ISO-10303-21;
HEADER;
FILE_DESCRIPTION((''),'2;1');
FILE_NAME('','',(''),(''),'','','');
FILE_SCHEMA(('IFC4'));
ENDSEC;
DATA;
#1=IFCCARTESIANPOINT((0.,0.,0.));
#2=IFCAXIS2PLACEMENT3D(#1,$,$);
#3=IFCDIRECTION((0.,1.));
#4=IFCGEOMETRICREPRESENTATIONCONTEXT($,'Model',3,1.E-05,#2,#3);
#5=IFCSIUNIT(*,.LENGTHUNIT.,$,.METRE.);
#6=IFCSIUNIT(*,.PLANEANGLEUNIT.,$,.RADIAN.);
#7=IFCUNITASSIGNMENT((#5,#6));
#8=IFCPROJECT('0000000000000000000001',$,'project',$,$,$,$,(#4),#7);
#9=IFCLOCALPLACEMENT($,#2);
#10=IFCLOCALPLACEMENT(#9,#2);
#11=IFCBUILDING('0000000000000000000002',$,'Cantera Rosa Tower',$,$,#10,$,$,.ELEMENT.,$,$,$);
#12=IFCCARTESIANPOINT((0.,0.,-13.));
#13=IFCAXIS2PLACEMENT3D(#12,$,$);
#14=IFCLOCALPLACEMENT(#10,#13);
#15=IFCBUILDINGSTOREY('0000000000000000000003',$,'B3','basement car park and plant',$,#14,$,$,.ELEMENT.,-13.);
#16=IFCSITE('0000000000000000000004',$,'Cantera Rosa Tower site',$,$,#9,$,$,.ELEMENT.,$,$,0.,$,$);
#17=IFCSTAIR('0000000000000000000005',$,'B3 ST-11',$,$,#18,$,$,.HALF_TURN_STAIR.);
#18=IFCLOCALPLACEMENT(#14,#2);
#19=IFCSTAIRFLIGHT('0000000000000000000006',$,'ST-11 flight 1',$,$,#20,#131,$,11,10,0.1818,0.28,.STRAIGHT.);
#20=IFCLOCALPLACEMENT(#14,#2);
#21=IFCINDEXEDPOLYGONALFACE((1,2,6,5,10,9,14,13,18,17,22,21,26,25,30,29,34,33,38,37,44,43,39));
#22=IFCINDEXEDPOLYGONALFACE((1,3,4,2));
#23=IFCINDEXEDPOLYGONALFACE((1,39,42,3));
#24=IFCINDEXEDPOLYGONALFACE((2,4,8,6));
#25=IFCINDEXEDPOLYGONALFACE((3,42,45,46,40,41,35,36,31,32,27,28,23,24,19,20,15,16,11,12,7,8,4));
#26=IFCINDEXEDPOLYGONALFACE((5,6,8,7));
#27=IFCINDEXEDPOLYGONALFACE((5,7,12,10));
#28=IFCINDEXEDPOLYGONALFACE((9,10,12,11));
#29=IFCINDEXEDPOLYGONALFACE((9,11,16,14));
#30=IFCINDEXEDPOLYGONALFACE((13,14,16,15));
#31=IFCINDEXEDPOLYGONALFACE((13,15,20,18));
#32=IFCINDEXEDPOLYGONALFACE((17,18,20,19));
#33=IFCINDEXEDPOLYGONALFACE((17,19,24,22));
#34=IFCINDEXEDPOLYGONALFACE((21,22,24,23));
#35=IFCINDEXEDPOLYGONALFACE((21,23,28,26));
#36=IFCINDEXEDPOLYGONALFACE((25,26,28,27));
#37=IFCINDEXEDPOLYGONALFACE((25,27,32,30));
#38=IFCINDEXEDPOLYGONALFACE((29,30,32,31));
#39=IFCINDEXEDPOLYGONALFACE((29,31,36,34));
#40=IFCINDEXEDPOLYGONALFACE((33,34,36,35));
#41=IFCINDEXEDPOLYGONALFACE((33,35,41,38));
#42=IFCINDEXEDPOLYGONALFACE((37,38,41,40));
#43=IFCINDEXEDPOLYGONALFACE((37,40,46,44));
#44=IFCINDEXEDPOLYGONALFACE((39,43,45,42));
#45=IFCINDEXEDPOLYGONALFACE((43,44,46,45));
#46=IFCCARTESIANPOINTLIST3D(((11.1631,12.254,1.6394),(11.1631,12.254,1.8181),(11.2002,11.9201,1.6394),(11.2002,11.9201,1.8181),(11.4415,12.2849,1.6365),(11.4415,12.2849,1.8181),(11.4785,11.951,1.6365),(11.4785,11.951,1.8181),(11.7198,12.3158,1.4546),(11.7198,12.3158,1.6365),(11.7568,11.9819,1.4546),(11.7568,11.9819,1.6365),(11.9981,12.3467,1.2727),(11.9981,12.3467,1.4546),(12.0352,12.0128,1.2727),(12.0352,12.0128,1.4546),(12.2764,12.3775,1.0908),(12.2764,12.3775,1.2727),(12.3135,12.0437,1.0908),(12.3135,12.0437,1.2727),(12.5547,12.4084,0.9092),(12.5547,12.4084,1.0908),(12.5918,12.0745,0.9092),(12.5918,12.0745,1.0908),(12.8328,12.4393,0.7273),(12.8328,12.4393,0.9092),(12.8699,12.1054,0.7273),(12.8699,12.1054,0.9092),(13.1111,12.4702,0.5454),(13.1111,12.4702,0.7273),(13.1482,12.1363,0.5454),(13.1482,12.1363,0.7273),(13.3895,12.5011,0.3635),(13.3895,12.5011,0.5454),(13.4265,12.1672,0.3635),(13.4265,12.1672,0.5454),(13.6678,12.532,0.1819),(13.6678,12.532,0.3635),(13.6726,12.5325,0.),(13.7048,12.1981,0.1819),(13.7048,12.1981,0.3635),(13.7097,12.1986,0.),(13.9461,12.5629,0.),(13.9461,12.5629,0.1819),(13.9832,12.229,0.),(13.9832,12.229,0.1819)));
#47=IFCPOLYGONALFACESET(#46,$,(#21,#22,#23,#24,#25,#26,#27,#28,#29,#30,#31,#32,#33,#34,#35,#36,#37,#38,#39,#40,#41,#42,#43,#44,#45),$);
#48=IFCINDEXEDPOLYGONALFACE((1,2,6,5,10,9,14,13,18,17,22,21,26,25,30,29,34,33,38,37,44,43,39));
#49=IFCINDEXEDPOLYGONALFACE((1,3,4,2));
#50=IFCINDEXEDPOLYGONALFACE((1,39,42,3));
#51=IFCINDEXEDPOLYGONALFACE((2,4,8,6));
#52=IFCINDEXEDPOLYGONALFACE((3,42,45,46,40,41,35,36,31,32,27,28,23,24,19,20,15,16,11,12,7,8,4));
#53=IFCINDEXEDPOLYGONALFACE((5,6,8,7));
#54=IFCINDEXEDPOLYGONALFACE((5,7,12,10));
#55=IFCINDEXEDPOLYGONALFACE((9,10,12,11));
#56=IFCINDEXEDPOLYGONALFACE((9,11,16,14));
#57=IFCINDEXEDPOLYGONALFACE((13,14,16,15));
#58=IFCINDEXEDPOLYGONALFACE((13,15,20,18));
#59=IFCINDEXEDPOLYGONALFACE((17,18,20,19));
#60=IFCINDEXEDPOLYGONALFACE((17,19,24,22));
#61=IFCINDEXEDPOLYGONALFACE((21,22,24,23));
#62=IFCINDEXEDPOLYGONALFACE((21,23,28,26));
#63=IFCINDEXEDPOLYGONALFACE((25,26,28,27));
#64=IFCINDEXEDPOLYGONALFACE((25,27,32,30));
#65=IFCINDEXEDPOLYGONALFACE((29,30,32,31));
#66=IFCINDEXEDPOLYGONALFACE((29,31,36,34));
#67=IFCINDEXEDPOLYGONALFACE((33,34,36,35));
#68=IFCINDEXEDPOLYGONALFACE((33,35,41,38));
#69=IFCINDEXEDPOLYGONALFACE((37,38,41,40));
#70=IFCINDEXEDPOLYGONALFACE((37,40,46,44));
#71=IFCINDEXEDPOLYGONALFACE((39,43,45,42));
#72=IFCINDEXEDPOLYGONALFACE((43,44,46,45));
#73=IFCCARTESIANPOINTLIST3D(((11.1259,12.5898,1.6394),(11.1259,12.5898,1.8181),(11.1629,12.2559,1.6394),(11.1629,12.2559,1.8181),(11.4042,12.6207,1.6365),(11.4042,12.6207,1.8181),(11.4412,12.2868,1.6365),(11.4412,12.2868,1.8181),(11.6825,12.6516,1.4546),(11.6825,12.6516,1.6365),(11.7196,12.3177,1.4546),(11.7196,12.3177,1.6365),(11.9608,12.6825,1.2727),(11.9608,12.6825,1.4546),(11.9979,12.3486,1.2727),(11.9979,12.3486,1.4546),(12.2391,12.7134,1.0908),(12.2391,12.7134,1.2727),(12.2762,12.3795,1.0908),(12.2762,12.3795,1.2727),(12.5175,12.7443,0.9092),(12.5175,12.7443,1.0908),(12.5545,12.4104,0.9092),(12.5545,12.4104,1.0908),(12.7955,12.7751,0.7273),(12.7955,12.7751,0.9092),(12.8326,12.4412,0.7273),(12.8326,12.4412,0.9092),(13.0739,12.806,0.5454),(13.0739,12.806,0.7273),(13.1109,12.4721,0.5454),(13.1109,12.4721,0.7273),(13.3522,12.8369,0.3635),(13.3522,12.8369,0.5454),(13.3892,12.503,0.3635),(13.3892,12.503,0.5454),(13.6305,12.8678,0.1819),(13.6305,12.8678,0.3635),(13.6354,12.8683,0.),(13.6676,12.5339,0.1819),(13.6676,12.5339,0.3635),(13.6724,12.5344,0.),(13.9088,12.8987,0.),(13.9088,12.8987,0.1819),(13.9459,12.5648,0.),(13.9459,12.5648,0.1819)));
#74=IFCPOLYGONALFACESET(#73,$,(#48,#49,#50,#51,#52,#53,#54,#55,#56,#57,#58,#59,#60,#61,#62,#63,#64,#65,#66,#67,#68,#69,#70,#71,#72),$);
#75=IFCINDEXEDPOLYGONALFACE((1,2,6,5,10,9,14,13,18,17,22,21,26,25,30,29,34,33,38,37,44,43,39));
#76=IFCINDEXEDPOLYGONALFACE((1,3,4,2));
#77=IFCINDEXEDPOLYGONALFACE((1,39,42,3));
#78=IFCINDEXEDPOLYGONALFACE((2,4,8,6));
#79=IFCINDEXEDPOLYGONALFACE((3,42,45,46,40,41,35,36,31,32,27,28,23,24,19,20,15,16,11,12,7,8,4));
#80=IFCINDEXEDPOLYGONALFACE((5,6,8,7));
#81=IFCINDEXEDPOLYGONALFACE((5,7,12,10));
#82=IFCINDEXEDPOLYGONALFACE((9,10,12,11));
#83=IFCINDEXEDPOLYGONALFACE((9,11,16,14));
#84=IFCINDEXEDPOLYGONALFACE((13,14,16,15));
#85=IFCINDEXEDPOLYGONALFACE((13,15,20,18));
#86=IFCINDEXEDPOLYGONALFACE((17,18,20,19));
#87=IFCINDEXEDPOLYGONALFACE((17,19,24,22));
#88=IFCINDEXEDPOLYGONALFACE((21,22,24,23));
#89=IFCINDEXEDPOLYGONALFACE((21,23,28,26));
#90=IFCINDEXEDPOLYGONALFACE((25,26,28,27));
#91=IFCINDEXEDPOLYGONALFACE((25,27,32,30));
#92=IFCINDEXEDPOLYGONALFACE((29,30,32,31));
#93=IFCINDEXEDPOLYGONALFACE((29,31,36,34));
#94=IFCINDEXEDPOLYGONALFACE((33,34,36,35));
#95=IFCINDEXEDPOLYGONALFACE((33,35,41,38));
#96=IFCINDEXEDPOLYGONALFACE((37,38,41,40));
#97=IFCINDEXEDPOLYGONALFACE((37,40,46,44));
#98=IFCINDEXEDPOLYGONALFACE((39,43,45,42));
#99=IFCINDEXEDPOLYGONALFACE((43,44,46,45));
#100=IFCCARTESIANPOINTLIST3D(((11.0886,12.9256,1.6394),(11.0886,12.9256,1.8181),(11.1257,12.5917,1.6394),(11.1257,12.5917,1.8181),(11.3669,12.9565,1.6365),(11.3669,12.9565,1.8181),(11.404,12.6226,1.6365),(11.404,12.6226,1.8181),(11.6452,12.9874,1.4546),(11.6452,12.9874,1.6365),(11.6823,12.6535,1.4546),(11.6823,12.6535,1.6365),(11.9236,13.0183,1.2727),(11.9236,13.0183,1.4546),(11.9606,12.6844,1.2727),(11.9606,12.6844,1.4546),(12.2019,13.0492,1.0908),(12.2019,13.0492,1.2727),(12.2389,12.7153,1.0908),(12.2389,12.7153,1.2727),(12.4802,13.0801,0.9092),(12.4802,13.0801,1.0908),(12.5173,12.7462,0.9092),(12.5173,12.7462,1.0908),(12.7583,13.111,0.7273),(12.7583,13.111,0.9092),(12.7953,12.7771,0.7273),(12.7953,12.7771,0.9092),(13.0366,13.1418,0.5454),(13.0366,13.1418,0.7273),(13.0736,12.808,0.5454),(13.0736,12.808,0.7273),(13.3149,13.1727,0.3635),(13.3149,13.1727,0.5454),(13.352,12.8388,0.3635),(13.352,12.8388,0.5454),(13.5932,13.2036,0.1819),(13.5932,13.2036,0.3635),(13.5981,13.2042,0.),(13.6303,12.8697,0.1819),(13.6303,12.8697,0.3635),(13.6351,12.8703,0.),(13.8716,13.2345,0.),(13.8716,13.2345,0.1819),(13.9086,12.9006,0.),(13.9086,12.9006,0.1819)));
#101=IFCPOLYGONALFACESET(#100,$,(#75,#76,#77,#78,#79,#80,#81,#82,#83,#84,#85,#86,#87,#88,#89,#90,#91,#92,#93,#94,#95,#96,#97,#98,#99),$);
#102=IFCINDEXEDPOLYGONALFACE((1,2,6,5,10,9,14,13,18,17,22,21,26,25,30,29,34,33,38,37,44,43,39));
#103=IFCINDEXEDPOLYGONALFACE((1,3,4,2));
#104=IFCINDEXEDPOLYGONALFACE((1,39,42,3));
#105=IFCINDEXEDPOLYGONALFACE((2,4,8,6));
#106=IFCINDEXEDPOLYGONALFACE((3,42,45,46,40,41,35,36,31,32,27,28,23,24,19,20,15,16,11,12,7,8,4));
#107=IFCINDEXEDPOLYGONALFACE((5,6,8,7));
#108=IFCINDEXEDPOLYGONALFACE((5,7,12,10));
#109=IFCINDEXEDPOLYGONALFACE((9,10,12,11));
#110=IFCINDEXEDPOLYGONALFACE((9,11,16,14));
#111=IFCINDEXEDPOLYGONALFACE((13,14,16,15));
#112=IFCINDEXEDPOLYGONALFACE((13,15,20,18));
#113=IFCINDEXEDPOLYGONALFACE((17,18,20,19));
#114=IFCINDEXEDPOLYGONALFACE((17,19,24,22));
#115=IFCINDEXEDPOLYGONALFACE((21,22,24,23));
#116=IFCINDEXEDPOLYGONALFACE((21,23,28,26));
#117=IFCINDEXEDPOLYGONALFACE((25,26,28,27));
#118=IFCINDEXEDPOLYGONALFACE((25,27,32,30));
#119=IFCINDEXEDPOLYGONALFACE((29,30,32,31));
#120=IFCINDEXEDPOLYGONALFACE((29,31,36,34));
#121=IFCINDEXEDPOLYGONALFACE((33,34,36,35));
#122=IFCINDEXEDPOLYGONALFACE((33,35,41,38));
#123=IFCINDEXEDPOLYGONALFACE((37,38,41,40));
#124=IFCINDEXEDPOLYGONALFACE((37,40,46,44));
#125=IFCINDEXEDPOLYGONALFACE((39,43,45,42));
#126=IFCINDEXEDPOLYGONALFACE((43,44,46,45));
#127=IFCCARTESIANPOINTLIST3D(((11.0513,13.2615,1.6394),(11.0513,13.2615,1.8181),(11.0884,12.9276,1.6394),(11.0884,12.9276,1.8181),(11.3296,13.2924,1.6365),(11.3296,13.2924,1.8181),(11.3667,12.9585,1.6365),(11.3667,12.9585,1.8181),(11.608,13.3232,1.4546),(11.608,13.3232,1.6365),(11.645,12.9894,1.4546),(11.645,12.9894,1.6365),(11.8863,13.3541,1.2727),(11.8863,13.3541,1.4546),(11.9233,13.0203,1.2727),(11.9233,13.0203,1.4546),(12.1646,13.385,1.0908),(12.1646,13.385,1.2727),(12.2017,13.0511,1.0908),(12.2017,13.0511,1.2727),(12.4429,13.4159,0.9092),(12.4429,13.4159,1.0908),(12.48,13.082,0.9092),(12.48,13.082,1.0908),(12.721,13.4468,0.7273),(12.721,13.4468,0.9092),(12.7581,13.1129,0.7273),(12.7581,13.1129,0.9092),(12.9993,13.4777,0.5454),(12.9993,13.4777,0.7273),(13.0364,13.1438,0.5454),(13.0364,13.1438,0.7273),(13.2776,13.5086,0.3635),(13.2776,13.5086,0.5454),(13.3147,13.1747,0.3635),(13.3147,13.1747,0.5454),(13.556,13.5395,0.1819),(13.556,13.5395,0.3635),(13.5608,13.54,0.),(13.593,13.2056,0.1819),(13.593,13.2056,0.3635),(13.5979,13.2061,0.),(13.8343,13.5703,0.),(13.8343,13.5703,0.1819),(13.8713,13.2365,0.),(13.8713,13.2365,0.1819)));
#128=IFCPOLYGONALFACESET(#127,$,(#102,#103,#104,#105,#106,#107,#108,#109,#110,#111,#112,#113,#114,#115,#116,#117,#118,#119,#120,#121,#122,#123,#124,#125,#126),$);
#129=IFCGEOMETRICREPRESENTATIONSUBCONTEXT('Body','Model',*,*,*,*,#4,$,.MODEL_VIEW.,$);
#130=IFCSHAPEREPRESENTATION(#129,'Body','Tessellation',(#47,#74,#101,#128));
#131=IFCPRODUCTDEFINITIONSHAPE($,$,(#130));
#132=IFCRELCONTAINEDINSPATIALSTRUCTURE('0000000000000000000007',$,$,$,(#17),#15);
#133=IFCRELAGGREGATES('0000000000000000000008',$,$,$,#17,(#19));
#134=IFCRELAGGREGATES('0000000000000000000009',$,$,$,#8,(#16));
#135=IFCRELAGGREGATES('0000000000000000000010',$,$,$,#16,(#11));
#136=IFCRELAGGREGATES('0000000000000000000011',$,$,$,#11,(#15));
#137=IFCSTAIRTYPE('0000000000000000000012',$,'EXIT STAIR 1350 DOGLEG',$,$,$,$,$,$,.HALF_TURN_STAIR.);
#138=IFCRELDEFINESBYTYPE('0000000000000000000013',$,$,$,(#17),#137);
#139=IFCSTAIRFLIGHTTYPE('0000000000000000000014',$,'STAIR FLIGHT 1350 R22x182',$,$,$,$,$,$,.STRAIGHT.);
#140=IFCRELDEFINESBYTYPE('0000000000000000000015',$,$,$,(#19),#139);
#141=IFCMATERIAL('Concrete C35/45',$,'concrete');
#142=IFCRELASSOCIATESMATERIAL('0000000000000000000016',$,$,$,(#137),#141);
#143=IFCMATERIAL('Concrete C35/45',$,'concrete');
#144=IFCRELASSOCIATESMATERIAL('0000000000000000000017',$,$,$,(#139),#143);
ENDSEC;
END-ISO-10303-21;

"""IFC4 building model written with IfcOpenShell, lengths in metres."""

from ifc_helpers import new_model, si_unit, direction, frame, origin, place, context, subcontext, project, spatial, polyline, outline, extrude, material, type_object, element, aggregate, save


model = new_model("IFC4")

# Units and contexts
model_context = context("Model", 3, precision=1e-05, world=origin(), true_north=direction((0.0, 1.0)))
body_context = subcontext(model_context, "Body", "Model", "MODEL_VIEW")
ifc_project = project(units=[si_unit("LENGTHUNIT", "METRE"), si_unit("PLANEANGLEUNIT", "RADIAN")], contexts=[model_context])

# Site, building, storey
site_placement = place(None, origin())
site = spatial("IfcSite", under=ifc_project, at=site_placement, Name="Cantera Rosa Tower site", CompositionType="ELEMENT", RefElevation=0.0)
building_placement = place(site_placement, origin())
building = spatial("IfcBuilding", under=site, at=building_placement, Name="Cantera Rosa Tower", CompositionType="ELEMENT")
storey_placement = place(building_placement, frame((0.0, 0.0, -13.0)))
storey = spatial("IfcBuildingStorey", under=building, at=storey_placement, Name="B3", Description="basement car park and plant", CompositionType="ELEMENT", Elevation=-13.0)

# Shared definitions
ifc_material_1 = material(Name="Concrete C35/45", Category="concrete")
stair_type_1 = type_object("IfcStairType", Name="EXIT STAIR 1350 DOGLEG", PredefinedType="HALF_TURN_STAIR", material=ifc_material_1)

# Stair, stair flight
stair_1_placement = place(storey_placement, origin())
stair_1 = element("IfcStair", 1, at=stair_1_placement, inside=storey, type_object=stair_type_1, Name="B3 ST-11", PredefinedType="HALF_TURN_STAIR")
ifc_material_2 = material(Name="Concrete C35/45", Category="concrete")
stair_flight_type = type_object("IfcStairFlightType", Name="STAIR FLIGHT 1350 R22x182", PredefinedType="STRAIGHT", material=ifc_material_2)
stair_flight_1_placement = place(storey_placement, frame((13.9087, 12.8999, 0.0), z_axis=(0.0, 0.0, 1.0), x_axis=(-0.993897, -0.110313, 0.0)))
stair_flight_1 = element("IfcStairFlight", 2, at=stair_flight_1_placement, type_object=stair_flight_type, Name="ST-11 flight 1", NumberOfRisers=11, NumberOfTreads=10, PredefinedType="STRAIGHT", RiserHeight=0.1818, TreadLength=0.28, context=body_context, shape_type="SweptSolid", body=[
    extrude(outline(polyline([(0.0, 0.0), (0.0, 0.1819), (0.28, 0.1819), (0.28, 0.3635), (0.5601, 0.3635), (0.5601, 0.5454), (0.8401, 0.5454), (0.8401, 0.7273), (1.1201, 0.7273), (1.1201, 0.9092), (1.3999, 0.9092), (1.3999, 1.0908), (1.6799, 1.0908), (1.6799, 1.2727), (1.96, 1.2727), (1.96, 1.4546), (2.24, 1.4546), (2.24, 1.6365), (2.52, 1.6365), (2.52, 1.8181), (2.8, 1.8181), (2.8, 2.0), (2.8, 1.6394), (0.2751, 0.0), (0.0, 0.0)])), frame((0.0, 0.675, 0.0), z_axis=(0.0, -1.0, 0.0), x_axis=(1.0, 0.0, 0.0)), (0.0, 0.0, 1.0), 0.3359),
    extrude(outline(polyline([(0.0, 0.0), (0.0, 0.1819), (0.28, 0.1819), (0.28, 0.3635), (0.5601, 0.3635), (0.5601, 0.5454), (0.8401, 0.5454), (0.8401, 0.7273), (1.1201, 0.7273), (1.1201, 0.9092), (1.3999, 0.9092), (1.3999, 1.0908), (1.6799, 1.0908), (1.6799, 1.2727), (1.96, 1.2727), (1.96, 1.4546), (2.24, 1.4546), (2.24, 1.6365), (2.52, 1.6365), (2.52, 1.8181), (2.8, 1.8181), (2.8, 2.0), (2.8, 1.6394), (0.2751, 0.0), (0.0, 0.0)])), frame((0.0, 0.3372, 0.0), z_axis=(0.0, -1.0, 0.0), x_axis=(1.0, 0.0, 0.0)), (0.0, 0.0, 1.0), 0.3359),
    extrude(outline(polyline([(0.0, 0.0), (0.0, 0.1819), (0.28, 0.1819), (0.28, 0.3635), (0.5601, 0.3635), (0.5601, 0.5454), (0.8401, 0.5454), (0.8401, 0.7273), (1.1201, 0.7273), (1.1201, 0.9092), (1.3999, 0.9092), (1.3999, 1.0908), (1.6799, 1.0908), (1.6799, 1.2727), (1.96, 1.2727), (1.96, 1.4546), (2.24, 1.4546), (2.24, 1.6365), (2.52, 1.6365), (2.52, 1.8181), (2.8, 1.8181), (2.8, 2.0), (2.8, 1.6394), (0.2751, 0.0), (0.0, 0.0)])), frame((0.0, -0.0007, 0.0), z_axis=(0.0, -1.0, 0.0), x_axis=(1.0, 0.0, 0.0)), (0.0, 0.0, 1.0), 0.3359),
    extrude(outline(polyline([(0.0, 0.0), (0.0, 0.1819), (0.28, 0.1819), (0.28, 0.3635), (0.5601, 0.3635), (0.5601, 0.5454), (0.8401, 0.5454), (0.8401, 0.7273), (1.1201, 0.7273), (1.1201, 0.9092), (1.3999, 0.9092), (1.3999, 1.0908), (1.6799, 1.0908), (1.6799, 1.2727), (1.96, 1.2727), (1.96, 1.4546), (2.24, 1.4546), (2.24, 1.6365), (2.52, 1.6365), (2.52, 1.8181), (2.8, 1.8181), (2.8, 2.0), (2.8, 1.6394), (0.2751, 0.0), (0.0, 0.0)])), frame((0.0, -0.3386, 0.0), z_axis=(0.0, -1.0, 0.0), x_axis=(1.0, 0.0, 0.0)), (0.0, 0.0, 1.0), 0.3359),
])
aggregate(stair_1, [stair_flight_1])

save(model, "model.ifc")
